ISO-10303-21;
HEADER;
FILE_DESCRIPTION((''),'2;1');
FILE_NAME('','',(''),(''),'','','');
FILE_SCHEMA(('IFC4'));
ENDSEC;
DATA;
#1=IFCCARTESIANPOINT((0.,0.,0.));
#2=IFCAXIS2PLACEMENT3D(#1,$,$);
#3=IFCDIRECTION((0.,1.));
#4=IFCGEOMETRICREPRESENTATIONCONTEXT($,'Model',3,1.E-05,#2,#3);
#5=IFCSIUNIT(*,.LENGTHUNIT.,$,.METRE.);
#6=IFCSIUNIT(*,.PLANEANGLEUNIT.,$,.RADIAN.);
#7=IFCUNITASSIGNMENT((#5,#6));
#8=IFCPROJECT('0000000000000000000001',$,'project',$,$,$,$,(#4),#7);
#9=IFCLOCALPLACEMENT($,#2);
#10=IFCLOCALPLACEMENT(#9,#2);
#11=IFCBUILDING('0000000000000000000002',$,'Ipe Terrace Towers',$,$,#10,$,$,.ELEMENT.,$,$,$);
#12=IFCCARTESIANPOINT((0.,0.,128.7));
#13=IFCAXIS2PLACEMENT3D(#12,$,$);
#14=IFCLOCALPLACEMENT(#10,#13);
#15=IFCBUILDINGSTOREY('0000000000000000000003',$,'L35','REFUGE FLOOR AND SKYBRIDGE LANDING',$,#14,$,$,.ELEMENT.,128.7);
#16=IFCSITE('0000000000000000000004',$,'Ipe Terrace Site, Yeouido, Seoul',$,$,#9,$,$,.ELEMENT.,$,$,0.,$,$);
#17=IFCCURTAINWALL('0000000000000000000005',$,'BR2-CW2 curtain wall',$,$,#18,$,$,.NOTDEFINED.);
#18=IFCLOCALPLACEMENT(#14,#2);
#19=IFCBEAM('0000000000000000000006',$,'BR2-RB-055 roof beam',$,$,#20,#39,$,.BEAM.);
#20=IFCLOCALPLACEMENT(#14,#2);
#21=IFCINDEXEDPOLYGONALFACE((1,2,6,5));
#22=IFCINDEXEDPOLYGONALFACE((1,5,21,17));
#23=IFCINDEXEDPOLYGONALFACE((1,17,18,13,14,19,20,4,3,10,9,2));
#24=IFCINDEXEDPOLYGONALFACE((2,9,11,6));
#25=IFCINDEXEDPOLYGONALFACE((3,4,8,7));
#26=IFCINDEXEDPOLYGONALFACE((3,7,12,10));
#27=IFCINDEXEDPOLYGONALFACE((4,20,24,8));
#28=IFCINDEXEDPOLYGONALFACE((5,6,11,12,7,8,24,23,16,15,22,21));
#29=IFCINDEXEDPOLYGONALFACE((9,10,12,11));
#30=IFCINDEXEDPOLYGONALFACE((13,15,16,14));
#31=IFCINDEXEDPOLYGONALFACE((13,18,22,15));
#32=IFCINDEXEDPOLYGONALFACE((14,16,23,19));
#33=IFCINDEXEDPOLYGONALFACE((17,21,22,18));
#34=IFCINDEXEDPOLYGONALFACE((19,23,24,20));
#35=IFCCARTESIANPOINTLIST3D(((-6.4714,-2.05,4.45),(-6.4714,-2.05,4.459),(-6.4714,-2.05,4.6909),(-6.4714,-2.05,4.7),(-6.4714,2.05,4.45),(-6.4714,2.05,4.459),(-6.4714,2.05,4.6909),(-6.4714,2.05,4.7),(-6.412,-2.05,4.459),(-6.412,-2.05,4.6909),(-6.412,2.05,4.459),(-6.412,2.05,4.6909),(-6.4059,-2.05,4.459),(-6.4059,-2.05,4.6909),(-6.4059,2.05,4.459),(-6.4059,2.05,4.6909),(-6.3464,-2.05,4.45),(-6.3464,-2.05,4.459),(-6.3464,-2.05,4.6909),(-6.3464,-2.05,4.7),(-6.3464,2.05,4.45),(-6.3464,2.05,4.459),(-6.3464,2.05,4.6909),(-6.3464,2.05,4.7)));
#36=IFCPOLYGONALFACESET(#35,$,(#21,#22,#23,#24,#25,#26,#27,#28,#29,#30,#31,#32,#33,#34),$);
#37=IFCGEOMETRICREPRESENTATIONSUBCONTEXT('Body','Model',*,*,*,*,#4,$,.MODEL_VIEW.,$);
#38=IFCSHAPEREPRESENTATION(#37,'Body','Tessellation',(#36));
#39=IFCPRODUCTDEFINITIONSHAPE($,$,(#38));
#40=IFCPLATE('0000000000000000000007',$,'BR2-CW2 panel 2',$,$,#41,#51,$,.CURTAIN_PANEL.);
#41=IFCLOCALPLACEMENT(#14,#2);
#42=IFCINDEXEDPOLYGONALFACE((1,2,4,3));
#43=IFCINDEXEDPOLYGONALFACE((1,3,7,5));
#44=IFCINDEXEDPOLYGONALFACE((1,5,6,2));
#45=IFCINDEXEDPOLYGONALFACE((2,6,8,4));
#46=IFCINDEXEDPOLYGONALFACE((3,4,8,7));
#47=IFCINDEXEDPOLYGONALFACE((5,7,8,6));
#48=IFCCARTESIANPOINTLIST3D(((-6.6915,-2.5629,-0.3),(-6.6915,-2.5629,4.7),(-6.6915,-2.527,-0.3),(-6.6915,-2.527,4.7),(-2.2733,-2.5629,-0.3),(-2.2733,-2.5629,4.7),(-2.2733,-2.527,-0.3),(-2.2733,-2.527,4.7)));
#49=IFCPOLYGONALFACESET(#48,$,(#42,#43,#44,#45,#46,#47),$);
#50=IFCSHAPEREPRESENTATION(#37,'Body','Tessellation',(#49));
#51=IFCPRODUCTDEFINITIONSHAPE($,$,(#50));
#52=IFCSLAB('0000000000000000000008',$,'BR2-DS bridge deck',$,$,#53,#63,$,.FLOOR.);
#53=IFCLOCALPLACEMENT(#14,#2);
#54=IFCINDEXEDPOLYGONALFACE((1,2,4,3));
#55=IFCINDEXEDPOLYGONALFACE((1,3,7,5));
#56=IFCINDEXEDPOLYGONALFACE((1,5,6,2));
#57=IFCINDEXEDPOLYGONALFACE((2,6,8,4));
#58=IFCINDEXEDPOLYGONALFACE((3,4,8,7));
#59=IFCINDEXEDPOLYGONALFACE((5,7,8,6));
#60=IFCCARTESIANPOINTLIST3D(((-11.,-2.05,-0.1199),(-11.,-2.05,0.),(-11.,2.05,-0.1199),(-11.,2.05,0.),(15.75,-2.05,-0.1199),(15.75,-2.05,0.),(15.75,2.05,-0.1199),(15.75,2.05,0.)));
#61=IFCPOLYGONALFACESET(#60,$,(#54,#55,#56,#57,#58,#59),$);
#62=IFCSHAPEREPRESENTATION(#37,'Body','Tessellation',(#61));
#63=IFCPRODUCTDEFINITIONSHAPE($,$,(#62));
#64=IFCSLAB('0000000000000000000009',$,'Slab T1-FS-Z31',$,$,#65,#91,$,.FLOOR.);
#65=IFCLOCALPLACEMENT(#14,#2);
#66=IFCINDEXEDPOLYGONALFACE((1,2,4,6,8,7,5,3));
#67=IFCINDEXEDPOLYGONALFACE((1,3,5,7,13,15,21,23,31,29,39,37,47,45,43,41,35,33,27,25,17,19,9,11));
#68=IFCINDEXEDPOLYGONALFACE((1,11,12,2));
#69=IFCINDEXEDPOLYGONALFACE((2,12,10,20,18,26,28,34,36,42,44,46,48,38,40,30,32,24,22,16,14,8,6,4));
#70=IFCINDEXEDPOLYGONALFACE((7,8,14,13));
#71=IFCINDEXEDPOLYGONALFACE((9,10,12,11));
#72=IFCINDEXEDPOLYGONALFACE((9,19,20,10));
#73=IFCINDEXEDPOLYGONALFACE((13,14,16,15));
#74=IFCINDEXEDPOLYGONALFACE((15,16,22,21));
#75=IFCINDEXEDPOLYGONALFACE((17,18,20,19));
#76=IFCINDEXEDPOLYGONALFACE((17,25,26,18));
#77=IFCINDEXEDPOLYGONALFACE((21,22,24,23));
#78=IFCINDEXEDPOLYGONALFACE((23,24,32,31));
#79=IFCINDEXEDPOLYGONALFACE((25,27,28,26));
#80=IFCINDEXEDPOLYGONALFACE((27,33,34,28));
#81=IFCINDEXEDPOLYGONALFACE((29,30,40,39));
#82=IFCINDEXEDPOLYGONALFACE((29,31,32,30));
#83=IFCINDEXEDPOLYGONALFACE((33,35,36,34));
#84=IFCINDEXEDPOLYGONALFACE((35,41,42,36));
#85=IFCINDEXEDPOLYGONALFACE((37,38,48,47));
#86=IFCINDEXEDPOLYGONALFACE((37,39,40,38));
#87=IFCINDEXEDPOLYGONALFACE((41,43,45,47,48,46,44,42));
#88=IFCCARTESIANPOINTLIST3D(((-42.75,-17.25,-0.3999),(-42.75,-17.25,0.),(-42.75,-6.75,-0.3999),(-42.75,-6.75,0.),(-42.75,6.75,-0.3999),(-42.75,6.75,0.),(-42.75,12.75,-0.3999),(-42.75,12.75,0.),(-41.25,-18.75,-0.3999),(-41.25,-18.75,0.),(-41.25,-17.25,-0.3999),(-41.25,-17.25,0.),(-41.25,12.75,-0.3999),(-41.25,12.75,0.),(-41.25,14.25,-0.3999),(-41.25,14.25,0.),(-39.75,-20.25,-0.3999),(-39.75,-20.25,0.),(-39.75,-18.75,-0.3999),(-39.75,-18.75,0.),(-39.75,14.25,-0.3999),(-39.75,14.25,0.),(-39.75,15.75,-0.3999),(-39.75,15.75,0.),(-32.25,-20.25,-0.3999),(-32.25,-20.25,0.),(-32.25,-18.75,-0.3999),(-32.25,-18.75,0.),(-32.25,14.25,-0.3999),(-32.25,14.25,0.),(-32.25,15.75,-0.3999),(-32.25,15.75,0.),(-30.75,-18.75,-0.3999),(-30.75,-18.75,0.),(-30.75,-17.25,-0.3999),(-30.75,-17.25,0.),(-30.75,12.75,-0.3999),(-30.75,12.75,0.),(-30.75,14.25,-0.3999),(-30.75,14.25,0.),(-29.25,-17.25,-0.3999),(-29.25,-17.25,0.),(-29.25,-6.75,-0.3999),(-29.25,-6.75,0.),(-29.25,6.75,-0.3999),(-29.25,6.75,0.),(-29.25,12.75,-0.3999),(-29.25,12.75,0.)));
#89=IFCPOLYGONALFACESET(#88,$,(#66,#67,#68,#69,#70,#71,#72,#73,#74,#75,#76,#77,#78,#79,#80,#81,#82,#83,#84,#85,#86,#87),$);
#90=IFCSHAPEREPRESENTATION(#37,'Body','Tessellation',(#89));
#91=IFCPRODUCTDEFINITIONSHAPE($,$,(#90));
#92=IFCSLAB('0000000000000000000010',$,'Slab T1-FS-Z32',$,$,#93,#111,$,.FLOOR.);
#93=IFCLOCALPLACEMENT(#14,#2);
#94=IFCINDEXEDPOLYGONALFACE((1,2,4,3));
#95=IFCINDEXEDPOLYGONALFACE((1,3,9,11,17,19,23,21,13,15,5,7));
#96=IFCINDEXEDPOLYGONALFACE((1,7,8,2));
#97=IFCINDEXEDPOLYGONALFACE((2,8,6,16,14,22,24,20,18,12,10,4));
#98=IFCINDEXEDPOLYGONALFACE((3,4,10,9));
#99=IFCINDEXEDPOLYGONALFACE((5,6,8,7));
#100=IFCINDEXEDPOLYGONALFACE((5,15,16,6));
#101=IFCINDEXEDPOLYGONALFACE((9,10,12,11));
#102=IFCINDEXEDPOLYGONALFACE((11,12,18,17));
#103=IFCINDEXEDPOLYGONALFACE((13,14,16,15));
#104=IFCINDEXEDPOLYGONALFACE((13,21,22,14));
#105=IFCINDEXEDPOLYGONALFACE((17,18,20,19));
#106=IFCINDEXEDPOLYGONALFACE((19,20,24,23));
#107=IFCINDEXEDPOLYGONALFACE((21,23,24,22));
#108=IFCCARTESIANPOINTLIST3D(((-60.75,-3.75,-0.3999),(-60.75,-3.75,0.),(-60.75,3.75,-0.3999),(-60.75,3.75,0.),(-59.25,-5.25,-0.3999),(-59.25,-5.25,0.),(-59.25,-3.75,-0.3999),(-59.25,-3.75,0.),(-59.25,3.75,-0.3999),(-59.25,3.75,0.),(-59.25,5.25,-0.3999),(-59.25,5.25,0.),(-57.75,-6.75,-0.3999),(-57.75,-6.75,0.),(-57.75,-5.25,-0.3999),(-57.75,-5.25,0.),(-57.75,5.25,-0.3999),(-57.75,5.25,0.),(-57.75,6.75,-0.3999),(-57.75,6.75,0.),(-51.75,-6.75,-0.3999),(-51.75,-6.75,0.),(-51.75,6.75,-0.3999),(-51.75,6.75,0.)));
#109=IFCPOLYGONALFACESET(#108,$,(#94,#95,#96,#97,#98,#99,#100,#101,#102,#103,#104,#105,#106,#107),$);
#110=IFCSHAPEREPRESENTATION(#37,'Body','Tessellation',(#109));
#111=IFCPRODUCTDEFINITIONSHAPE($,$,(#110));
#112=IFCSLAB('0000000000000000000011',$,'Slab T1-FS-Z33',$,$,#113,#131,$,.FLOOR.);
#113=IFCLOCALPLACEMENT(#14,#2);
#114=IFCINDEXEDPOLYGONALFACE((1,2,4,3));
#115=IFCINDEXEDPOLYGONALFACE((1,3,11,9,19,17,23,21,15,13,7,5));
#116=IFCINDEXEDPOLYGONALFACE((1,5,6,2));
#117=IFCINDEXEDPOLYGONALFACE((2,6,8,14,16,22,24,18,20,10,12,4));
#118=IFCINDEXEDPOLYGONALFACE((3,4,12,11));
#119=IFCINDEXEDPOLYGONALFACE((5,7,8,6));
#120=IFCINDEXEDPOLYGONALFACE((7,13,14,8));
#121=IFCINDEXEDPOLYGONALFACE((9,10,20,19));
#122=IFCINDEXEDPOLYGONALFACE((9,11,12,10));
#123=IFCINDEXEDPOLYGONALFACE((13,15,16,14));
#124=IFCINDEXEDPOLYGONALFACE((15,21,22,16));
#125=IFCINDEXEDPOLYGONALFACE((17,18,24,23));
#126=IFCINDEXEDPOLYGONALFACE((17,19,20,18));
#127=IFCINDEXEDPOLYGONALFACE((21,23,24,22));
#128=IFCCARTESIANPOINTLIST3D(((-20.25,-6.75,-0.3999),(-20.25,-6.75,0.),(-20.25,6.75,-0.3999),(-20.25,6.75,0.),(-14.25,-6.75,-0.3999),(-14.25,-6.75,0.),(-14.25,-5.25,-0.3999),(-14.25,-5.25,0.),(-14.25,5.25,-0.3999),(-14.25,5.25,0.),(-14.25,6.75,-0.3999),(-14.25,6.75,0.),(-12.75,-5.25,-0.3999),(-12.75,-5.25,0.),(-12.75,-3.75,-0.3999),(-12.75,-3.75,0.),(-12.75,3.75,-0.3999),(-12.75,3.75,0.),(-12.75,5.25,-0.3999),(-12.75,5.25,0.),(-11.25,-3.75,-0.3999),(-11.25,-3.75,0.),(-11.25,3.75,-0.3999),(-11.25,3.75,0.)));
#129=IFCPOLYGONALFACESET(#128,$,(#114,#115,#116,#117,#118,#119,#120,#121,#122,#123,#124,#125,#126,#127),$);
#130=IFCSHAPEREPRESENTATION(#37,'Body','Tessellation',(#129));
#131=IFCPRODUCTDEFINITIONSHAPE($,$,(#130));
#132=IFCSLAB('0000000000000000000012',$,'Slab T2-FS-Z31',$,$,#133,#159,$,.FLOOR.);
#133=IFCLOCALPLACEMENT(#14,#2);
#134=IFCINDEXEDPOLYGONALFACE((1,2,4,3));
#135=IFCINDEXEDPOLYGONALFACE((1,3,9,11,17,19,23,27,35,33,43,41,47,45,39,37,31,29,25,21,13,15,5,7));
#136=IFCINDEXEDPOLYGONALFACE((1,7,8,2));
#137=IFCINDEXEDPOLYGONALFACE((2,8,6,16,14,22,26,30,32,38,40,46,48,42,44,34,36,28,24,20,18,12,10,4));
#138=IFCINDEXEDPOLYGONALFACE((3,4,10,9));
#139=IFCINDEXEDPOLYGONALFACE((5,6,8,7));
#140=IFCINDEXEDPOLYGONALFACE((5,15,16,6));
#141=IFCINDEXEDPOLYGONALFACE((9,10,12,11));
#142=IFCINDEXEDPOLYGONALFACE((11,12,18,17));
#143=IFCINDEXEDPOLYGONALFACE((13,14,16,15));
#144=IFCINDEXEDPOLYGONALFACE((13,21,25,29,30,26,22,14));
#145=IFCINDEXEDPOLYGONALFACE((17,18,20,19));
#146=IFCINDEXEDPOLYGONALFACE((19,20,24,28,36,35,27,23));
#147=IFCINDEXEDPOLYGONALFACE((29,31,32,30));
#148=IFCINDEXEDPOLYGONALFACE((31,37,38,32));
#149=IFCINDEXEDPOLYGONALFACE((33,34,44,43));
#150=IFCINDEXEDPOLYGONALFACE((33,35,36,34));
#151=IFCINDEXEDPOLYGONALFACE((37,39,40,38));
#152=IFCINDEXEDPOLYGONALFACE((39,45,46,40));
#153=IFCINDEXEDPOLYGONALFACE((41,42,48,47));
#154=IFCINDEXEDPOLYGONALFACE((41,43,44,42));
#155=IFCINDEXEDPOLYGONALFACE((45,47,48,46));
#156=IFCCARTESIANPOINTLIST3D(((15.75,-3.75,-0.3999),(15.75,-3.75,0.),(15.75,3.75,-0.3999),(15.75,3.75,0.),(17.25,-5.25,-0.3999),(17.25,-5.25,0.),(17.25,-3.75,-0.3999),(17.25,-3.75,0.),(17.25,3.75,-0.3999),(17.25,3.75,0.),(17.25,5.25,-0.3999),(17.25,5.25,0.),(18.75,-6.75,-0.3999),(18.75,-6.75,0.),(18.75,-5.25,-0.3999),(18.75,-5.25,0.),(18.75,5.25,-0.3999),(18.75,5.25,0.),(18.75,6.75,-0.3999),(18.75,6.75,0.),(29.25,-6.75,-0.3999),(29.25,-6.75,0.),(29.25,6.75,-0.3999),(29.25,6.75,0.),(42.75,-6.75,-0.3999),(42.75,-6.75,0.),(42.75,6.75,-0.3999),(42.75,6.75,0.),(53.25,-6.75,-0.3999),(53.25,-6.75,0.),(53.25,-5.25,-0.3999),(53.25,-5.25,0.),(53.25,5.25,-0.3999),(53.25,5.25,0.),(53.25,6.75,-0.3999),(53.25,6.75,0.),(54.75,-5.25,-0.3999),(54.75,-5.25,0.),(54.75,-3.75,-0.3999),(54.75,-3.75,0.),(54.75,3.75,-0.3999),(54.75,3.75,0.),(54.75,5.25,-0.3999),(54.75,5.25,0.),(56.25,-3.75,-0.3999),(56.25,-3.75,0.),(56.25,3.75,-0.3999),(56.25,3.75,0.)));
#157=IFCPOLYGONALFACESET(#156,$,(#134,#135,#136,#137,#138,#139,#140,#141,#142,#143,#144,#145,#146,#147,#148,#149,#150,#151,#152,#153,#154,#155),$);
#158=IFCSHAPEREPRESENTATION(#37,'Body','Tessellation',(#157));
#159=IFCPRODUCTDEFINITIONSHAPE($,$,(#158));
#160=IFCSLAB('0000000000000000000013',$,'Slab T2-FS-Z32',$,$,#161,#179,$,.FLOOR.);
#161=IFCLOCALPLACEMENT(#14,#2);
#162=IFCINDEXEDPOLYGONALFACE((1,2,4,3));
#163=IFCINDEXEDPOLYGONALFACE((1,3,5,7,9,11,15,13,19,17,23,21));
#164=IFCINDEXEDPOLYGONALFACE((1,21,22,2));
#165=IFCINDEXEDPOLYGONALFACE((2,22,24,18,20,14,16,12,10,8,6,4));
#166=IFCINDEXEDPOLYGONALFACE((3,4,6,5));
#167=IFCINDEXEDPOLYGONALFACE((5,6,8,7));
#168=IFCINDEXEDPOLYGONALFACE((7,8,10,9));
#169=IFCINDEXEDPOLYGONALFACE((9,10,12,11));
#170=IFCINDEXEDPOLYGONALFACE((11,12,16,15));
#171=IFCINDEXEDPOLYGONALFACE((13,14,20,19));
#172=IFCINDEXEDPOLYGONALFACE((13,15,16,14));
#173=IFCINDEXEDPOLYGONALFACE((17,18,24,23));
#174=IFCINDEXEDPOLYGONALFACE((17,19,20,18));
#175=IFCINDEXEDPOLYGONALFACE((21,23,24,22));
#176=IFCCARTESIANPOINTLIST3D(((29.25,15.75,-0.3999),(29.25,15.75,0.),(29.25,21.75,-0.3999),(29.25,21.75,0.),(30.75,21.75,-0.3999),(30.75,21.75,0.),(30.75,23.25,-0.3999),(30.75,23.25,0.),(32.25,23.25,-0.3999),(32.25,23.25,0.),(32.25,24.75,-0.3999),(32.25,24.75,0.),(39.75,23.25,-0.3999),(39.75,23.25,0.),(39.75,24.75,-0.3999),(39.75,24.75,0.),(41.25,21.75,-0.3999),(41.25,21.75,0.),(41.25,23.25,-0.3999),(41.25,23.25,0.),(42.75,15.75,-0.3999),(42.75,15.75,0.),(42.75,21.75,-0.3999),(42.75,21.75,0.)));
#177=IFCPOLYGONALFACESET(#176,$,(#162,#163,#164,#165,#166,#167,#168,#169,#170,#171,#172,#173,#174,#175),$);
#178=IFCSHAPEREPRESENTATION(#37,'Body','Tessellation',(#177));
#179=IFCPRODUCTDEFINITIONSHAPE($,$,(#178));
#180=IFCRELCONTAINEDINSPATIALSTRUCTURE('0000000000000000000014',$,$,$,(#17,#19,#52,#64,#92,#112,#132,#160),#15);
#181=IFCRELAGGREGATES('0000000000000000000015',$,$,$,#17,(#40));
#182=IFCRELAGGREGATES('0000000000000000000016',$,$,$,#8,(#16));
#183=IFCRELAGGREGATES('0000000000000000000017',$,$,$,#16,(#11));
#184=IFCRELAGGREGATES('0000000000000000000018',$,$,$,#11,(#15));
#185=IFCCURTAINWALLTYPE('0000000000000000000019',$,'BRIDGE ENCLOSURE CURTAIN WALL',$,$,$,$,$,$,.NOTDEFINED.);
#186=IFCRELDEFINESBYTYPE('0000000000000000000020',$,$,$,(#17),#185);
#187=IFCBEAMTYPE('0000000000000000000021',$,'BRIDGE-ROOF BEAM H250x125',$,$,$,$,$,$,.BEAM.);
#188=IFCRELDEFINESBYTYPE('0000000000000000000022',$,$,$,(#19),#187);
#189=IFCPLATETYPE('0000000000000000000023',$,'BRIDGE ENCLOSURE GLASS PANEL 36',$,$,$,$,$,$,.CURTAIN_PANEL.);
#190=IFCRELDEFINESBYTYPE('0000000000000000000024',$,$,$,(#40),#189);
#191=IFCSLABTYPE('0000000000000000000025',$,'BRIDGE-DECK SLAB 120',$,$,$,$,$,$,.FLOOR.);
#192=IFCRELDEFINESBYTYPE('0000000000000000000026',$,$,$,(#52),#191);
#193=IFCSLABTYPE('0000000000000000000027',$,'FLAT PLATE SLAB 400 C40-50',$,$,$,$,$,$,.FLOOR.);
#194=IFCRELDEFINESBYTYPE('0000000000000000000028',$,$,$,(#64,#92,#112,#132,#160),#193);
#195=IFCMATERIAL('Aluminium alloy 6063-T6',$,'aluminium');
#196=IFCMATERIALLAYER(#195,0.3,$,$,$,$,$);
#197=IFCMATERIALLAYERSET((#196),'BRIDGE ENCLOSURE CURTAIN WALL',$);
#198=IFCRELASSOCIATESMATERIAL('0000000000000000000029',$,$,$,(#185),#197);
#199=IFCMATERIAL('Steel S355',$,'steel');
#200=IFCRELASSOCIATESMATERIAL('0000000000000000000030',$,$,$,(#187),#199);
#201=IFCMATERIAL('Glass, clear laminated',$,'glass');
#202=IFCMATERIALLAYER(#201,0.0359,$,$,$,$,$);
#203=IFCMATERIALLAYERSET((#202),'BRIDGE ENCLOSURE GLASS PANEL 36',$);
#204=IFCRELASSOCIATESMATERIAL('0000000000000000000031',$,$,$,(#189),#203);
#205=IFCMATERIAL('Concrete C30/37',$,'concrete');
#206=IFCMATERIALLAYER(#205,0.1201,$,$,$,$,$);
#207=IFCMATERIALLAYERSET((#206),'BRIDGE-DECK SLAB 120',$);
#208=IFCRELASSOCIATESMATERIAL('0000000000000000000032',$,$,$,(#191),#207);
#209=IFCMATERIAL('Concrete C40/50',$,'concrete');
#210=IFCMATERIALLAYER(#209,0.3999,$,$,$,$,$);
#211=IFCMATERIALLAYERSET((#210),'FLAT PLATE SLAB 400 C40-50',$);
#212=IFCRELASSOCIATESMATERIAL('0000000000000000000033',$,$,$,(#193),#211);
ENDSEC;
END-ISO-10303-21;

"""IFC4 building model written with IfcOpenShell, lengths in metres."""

from ifc_helpers import new_model, si_unit, direction, frame, origin, origin_2d, place, context, subcontext, project, spatial, polyline, rectangle, i_section, outline, extrude, material, layer, layer_set, material_profile, profile_set, type_object, element, aggregate, save


model = new_model("IFC4")

# Units and contexts
model_context = context("Model", 3, precision=1e-05, world=origin(), true_north=direction((0.0, 1.0)))
body_context = subcontext(model_context, "Body", "Model", "MODEL_VIEW")
ifc_project = project(units=[si_unit("LENGTHUNIT", "METRE"), si_unit("PLANEANGLEUNIT", "RADIAN")], contexts=[model_context])

# Site, building, storey
site_placement = place(None, origin())
site = spatial("IfcSite", under=ifc_project, at=site_placement, Name="Ipe Terrace Site, Yeouido, Seoul", CompositionType="ELEMENT", RefElevation=0.0)
building_placement = place(site_placement, origin())
building = spatial("IfcBuilding", under=site, at=building_placement, Name="Ipe Terrace Towers", CompositionType="ELEMENT")
storey_placement = place(building_placement, frame((0.0, 0.0, 128.7)))
storey = spatial("IfcBuildingStorey", under=building, at=storey_placement, Name="L35", Description="REFUGE FLOOR AND SKYBRIDGE LANDING", CompositionType="ELEMENT", Elevation=128.7)

# Curtain wall
ifc_material_1 = material(Name="Aluminium alloy 6063-T6", Category="aluminium")
ifc_layer_1 = layer(ifc_material_1, 0.3)
ifc_layer_set_1 = layer_set([ifc_layer_1], Name="BRIDGE ENCLOSURE CURTAIN WALL")
curtain_wall_type = type_object("IfcCurtainWallType", Name="BRIDGE ENCLOSURE CURTAIN WALL", PredefinedType="NOTDEFINED", material=ifc_layer_set_1)
curtain_wall_placement = place(storey_placement, origin())
curtain_wall = element("IfcCurtainWall", 1, at=curtain_wall_placement, inside=storey, type_object=curtain_wall_type, Name="BR2-CW2 curtain wall", PredefinedType="NOTDEFINED")

# Beam
ifc_material_2 = material(Name="Steel S355", Category="steel")
ifc_material_profile_1 = material_profile(ifc_material_2, i_section(OverallWidth=0.125, OverallDepth=0.25, WebThickness=0.0061, FlangeThickness=0.009, at=origin_2d()), Name="H250x125")
ifc_profile_set_1 = profile_set([ifc_material_profile_1], Name="Steel S355")
beam_type_1 = type_object("IfcBeamType", Name="BRIDGE-ROOF BEAM H250x125", PredefinedType="BEAM", material=ifc_profile_set_1)
for number, where, z_axis, x_axis, name in (
    (2, (-6.4089, -2.05, 4.575), (0.0, 1.0, 0.0), (-1.0, 0.0, 0.0), "BR2-RB-055 roof beam"),
):
    element("IfcBeam", number, at=place(storey_placement, frame(where, z_axis=z_axis, x_axis=x_axis)), inside=storey, type_object=beam_type_1, Name=name, PredefinedType="BEAM", context=body_context, shape_type="SweptSolid", body=[
        extrude(i_section(OverallWidth=0.125, OverallDepth=0.25, WebThickness=0.0061, FlangeThickness=0.009, at=origin_2d()), origin(), (0.0, 0.0, 1.0), 4.1001),
    ])

# Plate
ifc_material_3 = material(Name="Glass, clear laminated", Category="glass")
ifc_layer_2 = layer(ifc_material_3, 0.0359)
ifc_layer_set_2 = layer_set([ifc_layer_2], Name="BRIDGE ENCLOSURE GLASS PANEL 36")
plate_type = type_object("IfcPlateType", Name="BRIDGE ENCLOSURE GLASS PANEL 36", PredefinedType="CURTAIN_PANEL", material=ifc_layer_set_2)
plate_placement = place(storey_placement, frame((-4.4824, -2.5449, -0.3), z_axis=(0.0, 0.0, 1.0), x_axis=(1.0, 0.0, 0.0)))
plate = element("IfcPlate", 3, at=plate_placement, type_object=plate_type, Name="BR2-CW2 panel 2", PredefinedType="CURTAIN_PANEL", context=body_context, shape_type="SweptSolid", body=[
    extrude(rectangle(XDim=4.4182, YDim=0.0359, at=origin_2d()), origin(), (0.0, 0.0, 1.0), 5.0),
])
aggregate(curtain_wall, [plate])

# Slabs
ifc_material_4 = material(Name="Concrete C30/37", Category="concrete")
ifc_layer_3 = layer(ifc_material_4, 0.1201)
ifc_layer_set_3 = layer_set([ifc_layer_3], Name="BRIDGE-DECK SLAB 120")
slab_type_1 = type_object("IfcSlabType", Name="BRIDGE-DECK SLAB 120", PredefinedType="FLOOR", material=ifc_layer_set_3)
slab_1_placement = place(storey_placement, frame((0.0, 0.0, -0.1199)))
element("IfcSlab", 4, at=slab_1_placement, inside=storey, type_object=slab_type_1, Name="BR2-DS bridge deck", PredefinedType="FLOOR", context=body_context, shape_type="SweptSolid", body=[
    extrude(outline(polyline([(-11.0, -2.05), (15.75, -2.05), (15.75, 2.05), (-11.0, 2.05), (-11.0, -2.05)])), origin(), (0.0, 0.0, 1.0), 0.1199),
])
ifc_material_5 = material(Name="Concrete C40/50", Category="concrete")
ifc_layer_4 = layer(ifc_material_5, 0.3999)
ifc_layer_set_4 = layer_set([ifc_layer_4], Name="FLAT PLATE SLAB 400 C40-50")
slab_type_2 = type_object("IfcSlabType", Name="FLAT PLATE SLAB 400 C40-50", PredefinedType="FLOOR", material=ifc_layer_set_4)
slab_2_placement = place(storey_placement, frame((0.0, 0.0, -0.3999)))
element("IfcSlab", 5, at=slab_2_placement, inside=storey, type_object=slab_type_2, Name="Slab T1-FS-Z31", PredefinedType="FLOOR", context=body_context, shape_type="SweptSolid", body=[
    extrude(outline(polyline([(-30.75, -17.25), (-30.75, -18.75), (-32.25, -18.75), (-32.25, -20.25), (-39.75, -20.25), (-39.75, -18.75), (-41.25, -18.75), (-41.25, -17.25), (-42.75, -17.25), (-42.75, -6.75), (-42.75, 6.75), (-42.75, 12.75), (-41.25, 12.75), (-41.25, 14.25), (-39.75, 14.25), (-39.75, 15.75), (-32.25, 15.75), (-32.25, 14.25), (-30.75, 14.25), (-30.75, 12.75), (-29.25, 12.75), (-29.25, 6.75), (-29.25, -6.75), (-29.25, -17.25), (-30.75, -17.25)])), origin(), (0.0, 0.0, 1.0), 0.3999),
])
slab_3_placement = place(storey_placement, frame((0.0, 0.0, -0.3999)))
element("IfcSlab", 6, at=slab_3_placement, inside=storey, type_object=slab_type_2, Name="Slab T1-FS-Z32", PredefinedType="FLOOR", context=body_context, shape_type="SweptSolid", body=[
    extrude(outline(polyline([(-57.75, -6.75), (-57.75, -5.25), (-59.25, -5.25), (-59.25, -3.75), (-60.75, -3.75), (-60.75, 3.75), (-59.25, 3.75), (-59.25, 5.25), (-57.75, 5.25), (-57.75, 6.75), (-51.75, 6.75), (-51.75, -6.75), (-57.75, -6.75)])), origin(), (0.0, 0.0, 1.0), 0.3999),
])
slab_4_placement = place(storey_placement, frame((0.0, 0.0, -0.3999)))
element("IfcSlab", 7, at=slab_4_placement, inside=storey, type_object=slab_type_2, Name="Slab T1-FS-Z33", PredefinedType="FLOOR", context=body_context, shape_type="SweptSolid", body=[
    extrude(outline(polyline([(-14.25, 5.25), (-12.75, 5.25), (-12.75, 3.75), (-11.25, 3.75), (-11.25, -3.75), (-12.75, -3.75), (-12.75, -5.25), (-14.25, -5.25), (-14.25, -6.75), (-20.25, -6.75), (-20.25, 6.75), (-14.25, 6.75), (-14.25, 5.25)])), origin(), (0.0, 0.0, 1.0), 0.3999),
])
slab_5_placement = place(storey_placement, frame((0.0, 0.0, -0.3999)))
element("IfcSlab", 8, at=slab_5_placement, inside=storey, type_object=slab_type_2, Name="Slab T2-FS-Z31", PredefinedType="FLOOR", context=body_context, shape_type="SweptSolid", body=[
    extrude(outline(polyline([(53.25, 5.25), (54.75, 5.25), (54.75, 3.75), (56.25, 3.75), (56.25, -3.75), (54.75, -3.75), (54.75, -5.25), (53.25, -5.25), (53.25, -6.75), (42.75, -6.75), (29.25, -6.75), (18.75, -6.75), (18.75, -5.25), (17.25, -5.25), (17.25, -3.75), (15.75, -3.75), (15.75, 3.75), (17.25, 3.75), (17.25, 5.25), (18.75, 5.25), (18.75, 6.75), (29.25, 6.75), (42.75, 6.75), (53.25, 6.75), (53.25, 5.25)])), origin(), (0.0, 0.0, 1.0), 0.3999),
])
slab_6_placement = place(storey_placement, frame((0.0, 0.0, -0.3999)))
element("IfcSlab", 9, at=slab_6_placement, inside=storey, type_object=slab_type_2, Name="Slab T2-FS-Z32", PredefinedType="FLOOR", context=body_context, shape_type="SweptSolid", body=[
    extrude(outline(polyline([(30.75, 21.75), (30.75, 23.25), (32.25, 23.25), (32.25, 24.75), (39.75, 24.75), (39.75, 23.25), (41.25, 23.25), (41.25, 21.75), (42.75, 21.75), (42.75, 15.75), (29.25, 15.75), (29.25, 21.75), (30.75, 21.75)])), origin(), (0.0, 0.0, 1.0), 0.3999),
])

save(model, "model.ifc")
